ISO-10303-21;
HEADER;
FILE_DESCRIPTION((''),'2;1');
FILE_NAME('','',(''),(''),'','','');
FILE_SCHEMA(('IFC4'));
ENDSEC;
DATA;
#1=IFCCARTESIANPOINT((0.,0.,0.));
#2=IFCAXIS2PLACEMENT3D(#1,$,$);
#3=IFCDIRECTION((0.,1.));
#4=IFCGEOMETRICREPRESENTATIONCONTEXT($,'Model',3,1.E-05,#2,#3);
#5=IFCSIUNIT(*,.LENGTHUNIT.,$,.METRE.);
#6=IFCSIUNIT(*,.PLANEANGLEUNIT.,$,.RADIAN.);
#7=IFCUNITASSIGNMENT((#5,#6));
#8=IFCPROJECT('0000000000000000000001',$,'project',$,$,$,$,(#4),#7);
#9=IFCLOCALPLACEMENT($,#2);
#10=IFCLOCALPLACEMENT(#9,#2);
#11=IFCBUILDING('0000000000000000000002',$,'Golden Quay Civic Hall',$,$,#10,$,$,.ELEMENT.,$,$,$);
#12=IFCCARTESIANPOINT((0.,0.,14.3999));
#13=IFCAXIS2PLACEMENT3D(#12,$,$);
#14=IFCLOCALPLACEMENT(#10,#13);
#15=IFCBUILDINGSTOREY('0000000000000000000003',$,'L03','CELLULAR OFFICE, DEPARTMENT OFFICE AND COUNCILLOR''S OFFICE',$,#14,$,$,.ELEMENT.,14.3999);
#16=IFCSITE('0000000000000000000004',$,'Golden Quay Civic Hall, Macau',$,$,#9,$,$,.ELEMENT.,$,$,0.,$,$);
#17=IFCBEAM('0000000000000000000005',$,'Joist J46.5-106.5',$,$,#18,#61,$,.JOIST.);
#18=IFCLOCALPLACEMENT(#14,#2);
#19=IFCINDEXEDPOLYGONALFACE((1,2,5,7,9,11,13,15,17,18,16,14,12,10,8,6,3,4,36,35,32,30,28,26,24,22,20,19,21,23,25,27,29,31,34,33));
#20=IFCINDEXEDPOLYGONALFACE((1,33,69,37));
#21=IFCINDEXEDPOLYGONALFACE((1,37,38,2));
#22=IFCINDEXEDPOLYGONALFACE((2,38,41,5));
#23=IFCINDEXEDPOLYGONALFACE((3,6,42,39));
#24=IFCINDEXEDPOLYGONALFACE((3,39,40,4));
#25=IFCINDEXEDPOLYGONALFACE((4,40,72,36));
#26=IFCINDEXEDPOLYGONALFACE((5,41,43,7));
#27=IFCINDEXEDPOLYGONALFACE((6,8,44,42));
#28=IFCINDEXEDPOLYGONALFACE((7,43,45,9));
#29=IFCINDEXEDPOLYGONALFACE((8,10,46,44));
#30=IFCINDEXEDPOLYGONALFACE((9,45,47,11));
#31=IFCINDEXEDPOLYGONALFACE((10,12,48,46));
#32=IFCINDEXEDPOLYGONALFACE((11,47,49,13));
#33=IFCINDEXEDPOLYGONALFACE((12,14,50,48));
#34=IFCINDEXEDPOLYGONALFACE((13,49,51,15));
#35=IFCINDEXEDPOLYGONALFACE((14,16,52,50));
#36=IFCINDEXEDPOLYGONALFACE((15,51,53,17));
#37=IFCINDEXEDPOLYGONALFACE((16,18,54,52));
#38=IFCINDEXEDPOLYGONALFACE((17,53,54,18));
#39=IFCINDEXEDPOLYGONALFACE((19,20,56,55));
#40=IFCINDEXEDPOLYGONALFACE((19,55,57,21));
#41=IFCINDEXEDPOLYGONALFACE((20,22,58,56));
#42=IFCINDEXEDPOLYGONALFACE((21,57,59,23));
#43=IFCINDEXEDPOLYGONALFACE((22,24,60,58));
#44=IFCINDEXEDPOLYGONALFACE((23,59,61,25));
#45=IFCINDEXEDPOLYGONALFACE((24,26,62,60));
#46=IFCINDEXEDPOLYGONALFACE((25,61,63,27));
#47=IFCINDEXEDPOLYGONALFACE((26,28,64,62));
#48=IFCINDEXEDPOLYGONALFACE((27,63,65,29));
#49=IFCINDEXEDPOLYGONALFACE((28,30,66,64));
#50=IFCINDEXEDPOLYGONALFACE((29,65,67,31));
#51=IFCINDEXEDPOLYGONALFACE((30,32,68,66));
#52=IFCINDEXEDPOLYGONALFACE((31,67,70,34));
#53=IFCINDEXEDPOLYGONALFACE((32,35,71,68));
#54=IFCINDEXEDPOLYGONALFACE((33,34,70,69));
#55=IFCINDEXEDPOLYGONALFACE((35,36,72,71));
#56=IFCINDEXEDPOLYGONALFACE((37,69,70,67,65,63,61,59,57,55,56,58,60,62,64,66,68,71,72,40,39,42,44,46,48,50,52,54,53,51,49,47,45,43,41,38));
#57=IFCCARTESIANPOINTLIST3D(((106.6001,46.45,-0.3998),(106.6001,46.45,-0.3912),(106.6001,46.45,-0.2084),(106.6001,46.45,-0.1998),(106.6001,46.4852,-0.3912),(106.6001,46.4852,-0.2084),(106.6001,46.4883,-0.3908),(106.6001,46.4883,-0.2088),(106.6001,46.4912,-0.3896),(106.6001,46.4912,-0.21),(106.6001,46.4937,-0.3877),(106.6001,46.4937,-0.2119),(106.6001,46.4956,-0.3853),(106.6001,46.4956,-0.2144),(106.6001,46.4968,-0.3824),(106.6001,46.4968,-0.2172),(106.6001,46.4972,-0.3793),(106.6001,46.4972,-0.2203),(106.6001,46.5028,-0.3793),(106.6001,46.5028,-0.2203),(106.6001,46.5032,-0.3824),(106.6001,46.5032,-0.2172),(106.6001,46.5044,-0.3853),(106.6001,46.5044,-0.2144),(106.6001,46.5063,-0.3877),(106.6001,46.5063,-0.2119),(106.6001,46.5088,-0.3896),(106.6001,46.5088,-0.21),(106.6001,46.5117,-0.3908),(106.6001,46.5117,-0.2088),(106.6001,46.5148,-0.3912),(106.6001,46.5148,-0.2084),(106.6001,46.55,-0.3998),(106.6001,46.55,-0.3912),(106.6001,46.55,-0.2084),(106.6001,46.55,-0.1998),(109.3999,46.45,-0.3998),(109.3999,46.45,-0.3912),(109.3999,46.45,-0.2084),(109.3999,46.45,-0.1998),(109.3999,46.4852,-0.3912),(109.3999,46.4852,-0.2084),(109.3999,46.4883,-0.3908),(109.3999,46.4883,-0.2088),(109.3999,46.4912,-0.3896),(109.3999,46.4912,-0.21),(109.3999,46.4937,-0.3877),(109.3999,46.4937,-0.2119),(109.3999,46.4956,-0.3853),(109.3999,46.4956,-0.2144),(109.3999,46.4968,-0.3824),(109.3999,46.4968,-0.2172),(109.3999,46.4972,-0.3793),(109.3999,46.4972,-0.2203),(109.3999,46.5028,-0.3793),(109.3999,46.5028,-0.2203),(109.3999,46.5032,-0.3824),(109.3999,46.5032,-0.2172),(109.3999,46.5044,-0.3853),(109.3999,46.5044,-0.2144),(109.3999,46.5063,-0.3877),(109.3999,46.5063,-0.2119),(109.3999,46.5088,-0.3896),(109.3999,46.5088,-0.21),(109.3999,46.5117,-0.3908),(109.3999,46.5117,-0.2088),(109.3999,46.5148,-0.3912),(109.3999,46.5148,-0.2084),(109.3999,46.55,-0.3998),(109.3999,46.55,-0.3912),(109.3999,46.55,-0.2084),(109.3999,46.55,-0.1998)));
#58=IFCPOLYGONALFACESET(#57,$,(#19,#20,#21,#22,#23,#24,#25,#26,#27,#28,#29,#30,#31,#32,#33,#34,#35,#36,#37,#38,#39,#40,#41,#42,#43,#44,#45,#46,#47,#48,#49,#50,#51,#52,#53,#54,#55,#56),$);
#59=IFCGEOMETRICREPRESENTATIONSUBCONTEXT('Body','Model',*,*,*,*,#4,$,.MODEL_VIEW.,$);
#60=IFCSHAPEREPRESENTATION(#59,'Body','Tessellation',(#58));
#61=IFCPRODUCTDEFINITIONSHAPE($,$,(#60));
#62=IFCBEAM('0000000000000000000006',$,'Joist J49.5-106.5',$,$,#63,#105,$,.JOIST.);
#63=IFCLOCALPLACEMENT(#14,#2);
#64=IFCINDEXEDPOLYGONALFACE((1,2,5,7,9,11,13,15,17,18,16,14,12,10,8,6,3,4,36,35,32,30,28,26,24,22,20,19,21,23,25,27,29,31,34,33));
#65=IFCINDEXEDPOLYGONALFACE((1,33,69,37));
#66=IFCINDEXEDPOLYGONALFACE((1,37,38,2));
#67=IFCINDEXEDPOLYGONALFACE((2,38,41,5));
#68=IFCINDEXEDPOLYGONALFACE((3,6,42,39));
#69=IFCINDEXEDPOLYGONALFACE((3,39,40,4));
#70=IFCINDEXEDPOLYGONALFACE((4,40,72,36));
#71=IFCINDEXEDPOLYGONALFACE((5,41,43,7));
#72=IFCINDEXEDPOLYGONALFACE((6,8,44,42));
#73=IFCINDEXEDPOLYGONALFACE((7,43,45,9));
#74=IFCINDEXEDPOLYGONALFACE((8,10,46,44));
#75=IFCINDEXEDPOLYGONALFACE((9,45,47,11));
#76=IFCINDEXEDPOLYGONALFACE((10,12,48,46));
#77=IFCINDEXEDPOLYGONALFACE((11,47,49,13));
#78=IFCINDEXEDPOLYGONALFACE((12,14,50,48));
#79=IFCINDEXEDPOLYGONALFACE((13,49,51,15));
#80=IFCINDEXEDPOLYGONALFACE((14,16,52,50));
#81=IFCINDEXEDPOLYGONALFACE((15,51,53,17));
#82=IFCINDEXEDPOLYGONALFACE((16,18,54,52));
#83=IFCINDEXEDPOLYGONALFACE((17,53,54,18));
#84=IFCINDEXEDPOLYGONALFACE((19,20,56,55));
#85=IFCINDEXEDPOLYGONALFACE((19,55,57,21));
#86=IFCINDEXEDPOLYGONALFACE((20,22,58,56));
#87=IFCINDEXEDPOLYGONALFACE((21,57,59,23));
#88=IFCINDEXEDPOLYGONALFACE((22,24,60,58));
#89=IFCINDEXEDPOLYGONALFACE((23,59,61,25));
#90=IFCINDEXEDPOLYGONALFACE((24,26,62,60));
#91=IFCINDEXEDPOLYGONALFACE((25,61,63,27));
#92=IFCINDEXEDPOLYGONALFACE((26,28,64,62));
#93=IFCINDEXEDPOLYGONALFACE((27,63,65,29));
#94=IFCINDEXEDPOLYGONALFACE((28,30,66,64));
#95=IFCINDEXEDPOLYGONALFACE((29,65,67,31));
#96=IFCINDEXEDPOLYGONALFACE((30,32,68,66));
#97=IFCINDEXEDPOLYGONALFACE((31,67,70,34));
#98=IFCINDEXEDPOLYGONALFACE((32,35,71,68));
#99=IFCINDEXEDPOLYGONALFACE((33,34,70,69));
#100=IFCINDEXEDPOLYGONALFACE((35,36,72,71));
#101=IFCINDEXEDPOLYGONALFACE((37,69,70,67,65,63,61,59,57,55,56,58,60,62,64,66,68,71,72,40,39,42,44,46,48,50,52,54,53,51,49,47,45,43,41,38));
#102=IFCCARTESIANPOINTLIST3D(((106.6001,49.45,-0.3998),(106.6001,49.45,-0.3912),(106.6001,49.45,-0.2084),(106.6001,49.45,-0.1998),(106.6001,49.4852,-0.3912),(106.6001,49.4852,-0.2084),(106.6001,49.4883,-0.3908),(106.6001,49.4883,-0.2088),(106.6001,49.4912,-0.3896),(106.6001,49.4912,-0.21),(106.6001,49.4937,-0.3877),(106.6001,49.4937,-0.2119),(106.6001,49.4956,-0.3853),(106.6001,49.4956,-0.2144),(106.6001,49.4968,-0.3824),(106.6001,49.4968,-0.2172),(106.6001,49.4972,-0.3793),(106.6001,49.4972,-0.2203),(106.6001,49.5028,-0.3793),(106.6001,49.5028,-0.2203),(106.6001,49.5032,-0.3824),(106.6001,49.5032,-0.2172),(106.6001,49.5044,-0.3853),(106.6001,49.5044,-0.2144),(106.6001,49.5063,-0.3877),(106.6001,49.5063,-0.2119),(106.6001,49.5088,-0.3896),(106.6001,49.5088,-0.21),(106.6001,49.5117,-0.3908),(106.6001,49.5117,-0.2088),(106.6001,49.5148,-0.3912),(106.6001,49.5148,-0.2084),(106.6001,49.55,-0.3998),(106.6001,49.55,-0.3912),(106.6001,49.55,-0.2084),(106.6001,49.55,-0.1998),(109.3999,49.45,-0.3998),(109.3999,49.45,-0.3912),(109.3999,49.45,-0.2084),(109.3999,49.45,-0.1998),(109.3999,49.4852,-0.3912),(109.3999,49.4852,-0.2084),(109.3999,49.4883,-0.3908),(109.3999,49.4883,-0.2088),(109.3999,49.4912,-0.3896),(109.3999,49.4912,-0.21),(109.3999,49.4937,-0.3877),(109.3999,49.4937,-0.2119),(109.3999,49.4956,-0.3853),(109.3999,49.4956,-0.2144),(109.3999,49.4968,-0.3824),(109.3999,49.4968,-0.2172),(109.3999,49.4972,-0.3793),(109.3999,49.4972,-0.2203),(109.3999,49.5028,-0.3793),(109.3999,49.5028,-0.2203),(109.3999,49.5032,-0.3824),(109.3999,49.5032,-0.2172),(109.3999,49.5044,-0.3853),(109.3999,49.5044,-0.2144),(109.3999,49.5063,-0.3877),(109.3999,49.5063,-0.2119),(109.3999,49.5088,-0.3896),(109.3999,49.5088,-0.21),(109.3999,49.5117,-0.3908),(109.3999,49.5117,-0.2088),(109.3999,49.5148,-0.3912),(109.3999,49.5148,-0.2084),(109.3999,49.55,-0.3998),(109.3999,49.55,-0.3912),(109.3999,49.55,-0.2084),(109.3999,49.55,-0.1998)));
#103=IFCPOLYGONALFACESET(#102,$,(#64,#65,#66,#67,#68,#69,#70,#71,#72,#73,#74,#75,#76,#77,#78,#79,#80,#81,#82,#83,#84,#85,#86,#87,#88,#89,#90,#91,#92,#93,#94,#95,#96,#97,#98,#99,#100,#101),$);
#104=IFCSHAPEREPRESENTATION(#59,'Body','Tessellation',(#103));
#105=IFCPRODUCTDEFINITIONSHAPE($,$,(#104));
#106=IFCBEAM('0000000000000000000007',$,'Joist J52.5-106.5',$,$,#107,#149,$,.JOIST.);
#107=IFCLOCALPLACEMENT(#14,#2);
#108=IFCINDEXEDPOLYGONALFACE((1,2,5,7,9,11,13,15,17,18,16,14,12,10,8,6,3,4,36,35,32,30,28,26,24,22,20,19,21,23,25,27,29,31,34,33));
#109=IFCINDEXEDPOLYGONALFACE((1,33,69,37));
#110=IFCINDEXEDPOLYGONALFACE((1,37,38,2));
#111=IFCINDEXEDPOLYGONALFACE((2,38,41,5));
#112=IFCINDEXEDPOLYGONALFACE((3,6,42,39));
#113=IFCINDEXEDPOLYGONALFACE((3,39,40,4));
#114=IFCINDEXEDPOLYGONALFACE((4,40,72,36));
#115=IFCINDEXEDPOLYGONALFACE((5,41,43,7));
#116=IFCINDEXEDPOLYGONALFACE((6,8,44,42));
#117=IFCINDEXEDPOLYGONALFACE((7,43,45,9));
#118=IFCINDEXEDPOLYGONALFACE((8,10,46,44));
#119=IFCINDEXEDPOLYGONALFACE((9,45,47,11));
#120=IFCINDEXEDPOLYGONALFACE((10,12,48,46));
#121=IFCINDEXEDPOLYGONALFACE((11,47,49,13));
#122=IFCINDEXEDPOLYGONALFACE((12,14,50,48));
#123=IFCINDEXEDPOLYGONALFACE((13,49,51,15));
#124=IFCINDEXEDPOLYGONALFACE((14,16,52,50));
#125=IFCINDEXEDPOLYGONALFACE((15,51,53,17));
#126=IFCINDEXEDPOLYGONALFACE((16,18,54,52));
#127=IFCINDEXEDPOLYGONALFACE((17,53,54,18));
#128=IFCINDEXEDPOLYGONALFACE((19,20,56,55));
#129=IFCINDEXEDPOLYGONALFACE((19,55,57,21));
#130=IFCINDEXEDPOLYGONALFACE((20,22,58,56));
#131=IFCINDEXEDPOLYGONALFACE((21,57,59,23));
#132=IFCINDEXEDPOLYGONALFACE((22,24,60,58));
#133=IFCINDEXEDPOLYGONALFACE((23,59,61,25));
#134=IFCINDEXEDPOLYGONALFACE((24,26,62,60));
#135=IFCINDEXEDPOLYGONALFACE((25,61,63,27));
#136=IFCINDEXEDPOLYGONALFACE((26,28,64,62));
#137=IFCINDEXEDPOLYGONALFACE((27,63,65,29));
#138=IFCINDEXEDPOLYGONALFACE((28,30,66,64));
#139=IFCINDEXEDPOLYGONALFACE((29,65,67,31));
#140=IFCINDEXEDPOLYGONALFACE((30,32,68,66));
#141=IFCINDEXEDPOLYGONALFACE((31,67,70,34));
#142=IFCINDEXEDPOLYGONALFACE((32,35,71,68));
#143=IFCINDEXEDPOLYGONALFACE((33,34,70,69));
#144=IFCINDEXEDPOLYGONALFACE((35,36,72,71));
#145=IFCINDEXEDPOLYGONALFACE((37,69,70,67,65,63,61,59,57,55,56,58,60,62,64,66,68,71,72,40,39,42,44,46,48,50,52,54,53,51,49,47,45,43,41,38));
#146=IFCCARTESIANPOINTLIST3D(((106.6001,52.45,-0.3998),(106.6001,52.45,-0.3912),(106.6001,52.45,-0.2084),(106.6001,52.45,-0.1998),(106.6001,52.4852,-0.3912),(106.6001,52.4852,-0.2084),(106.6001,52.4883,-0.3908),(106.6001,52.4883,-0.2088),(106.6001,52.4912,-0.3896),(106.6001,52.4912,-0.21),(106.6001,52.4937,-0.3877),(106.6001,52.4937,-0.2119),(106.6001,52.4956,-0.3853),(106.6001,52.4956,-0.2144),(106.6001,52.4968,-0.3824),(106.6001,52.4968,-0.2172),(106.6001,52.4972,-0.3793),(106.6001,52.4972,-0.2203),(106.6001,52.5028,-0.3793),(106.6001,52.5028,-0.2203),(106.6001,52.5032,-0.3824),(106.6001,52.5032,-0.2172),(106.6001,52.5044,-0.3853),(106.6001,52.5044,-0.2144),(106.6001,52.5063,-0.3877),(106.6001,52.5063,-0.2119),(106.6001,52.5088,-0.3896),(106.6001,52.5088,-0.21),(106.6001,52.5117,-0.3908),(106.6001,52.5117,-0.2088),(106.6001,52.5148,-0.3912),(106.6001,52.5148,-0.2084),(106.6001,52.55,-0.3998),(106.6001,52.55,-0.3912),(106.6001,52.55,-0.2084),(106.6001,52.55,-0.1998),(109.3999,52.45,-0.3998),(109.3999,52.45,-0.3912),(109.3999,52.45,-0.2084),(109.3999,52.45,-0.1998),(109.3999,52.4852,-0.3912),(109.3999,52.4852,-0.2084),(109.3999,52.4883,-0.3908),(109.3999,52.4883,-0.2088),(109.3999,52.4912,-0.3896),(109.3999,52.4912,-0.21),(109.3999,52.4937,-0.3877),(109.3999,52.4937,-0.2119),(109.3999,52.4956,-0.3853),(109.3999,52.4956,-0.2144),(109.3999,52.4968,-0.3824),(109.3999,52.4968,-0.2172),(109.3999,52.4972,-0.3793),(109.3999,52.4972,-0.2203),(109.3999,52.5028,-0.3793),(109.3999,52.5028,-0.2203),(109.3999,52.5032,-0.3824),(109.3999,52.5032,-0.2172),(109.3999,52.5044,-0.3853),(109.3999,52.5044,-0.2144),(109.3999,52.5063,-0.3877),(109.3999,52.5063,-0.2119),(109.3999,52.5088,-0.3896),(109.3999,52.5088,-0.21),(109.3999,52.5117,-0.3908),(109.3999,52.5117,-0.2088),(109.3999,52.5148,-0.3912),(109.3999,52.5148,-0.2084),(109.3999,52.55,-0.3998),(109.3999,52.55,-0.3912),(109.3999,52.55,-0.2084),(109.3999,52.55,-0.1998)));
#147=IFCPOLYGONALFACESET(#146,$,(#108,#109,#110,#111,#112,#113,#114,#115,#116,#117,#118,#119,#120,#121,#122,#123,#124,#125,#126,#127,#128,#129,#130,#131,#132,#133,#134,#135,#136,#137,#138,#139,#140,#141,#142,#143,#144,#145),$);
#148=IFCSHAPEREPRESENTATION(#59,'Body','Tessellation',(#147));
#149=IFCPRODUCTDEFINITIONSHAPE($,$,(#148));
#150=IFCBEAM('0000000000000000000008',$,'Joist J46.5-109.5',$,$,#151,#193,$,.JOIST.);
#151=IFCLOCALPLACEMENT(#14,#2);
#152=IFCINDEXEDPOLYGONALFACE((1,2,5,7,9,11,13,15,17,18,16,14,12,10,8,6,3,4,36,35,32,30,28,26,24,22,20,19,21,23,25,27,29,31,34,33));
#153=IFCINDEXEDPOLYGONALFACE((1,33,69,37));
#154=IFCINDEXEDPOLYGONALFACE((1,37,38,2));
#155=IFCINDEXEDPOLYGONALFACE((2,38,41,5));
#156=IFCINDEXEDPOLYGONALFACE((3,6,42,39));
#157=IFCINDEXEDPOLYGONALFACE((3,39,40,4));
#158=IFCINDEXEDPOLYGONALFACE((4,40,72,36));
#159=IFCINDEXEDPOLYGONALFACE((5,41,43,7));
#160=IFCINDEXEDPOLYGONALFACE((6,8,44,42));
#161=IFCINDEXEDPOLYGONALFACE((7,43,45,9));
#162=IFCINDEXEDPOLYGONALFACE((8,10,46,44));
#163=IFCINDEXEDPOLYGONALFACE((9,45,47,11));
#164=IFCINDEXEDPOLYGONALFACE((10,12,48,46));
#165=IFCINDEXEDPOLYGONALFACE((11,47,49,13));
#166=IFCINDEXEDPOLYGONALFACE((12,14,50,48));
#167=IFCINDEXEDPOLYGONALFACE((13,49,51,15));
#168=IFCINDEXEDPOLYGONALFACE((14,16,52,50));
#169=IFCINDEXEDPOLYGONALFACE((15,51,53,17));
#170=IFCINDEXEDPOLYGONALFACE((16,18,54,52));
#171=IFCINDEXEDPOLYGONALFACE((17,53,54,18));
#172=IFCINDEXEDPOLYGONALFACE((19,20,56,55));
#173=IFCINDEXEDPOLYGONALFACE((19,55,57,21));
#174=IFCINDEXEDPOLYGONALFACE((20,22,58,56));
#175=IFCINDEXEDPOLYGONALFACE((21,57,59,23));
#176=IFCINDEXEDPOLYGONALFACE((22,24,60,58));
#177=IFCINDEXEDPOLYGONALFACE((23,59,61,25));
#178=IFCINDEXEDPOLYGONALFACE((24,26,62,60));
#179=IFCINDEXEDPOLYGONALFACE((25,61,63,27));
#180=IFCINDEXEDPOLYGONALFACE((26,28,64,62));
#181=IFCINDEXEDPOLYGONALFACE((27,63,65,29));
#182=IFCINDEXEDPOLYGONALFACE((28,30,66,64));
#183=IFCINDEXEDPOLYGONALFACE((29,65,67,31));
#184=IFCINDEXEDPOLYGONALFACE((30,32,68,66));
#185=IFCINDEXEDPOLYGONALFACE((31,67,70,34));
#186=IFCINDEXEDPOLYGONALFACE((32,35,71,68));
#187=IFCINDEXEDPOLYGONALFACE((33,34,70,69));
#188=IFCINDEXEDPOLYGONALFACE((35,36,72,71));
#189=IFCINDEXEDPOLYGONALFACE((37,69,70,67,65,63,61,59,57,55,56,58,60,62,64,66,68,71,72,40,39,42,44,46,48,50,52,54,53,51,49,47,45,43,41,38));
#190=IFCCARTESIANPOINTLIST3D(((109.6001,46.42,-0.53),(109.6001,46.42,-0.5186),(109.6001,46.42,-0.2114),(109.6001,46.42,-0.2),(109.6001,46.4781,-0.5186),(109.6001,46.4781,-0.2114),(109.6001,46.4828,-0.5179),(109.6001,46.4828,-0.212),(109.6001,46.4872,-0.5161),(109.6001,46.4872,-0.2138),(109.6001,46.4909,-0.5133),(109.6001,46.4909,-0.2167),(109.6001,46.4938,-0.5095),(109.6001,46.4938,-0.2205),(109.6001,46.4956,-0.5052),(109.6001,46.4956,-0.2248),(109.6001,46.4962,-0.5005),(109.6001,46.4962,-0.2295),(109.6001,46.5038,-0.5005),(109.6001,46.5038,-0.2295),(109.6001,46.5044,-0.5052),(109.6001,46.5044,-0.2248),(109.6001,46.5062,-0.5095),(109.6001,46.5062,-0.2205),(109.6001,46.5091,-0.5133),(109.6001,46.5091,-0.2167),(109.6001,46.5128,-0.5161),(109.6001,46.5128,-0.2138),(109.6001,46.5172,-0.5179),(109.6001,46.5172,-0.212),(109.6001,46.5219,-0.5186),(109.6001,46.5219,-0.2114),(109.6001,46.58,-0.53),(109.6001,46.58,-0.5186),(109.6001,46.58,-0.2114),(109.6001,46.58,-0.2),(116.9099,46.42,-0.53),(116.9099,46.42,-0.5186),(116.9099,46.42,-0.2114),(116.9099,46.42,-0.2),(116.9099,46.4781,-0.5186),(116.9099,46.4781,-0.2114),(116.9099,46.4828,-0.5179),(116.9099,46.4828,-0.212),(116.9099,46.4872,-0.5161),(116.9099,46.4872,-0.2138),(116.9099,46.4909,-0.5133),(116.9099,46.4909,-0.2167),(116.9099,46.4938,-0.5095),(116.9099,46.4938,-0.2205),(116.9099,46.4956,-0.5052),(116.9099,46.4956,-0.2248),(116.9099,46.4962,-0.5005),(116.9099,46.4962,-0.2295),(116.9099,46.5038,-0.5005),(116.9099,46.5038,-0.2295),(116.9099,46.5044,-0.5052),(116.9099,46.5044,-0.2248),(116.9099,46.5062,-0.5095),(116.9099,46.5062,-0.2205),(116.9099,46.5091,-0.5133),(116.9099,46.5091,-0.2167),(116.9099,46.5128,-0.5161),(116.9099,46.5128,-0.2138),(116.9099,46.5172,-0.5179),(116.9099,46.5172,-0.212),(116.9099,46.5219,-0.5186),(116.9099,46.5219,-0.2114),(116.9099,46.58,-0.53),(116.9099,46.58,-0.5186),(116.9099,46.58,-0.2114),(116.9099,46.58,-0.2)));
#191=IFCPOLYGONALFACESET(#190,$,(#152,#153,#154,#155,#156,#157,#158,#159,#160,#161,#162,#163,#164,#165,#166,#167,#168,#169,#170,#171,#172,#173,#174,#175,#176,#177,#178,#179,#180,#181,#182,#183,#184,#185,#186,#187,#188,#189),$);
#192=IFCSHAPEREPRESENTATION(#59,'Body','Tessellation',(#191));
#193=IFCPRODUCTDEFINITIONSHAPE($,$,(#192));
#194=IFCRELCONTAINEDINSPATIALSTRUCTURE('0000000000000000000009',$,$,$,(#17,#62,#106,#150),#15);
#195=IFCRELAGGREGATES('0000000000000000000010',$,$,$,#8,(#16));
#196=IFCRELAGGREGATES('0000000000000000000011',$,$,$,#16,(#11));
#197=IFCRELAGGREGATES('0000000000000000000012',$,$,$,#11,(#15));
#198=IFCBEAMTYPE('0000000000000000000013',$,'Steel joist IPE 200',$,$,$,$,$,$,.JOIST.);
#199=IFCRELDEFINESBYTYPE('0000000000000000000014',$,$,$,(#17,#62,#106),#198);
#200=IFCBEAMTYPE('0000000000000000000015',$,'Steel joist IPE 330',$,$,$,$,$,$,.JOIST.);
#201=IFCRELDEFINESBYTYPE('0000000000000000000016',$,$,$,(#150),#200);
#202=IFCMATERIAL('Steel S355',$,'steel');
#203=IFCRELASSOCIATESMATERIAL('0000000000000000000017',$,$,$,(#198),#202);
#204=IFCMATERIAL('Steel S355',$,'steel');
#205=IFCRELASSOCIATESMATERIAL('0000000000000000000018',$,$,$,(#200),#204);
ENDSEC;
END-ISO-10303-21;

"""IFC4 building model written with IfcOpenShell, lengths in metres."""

from ifc_helpers import new_model, si_unit, direction, frame, origin, origin_2d, place, context, subcontext, project, spatial, i_section, extrude, material, material_profile, profile_set, type_object, element, save


model = new_model("IFC4")

# Units and contexts
model_context = context("Model", 3, precision=1e-05, world=origin(), true_north=direction((0.0, 1.0)))
body_context = subcontext(model_context, "Body", "Model", "MODEL_VIEW")
ifc_project = project(units=[si_unit("LENGTHUNIT", "METRE"), si_unit("PLANEANGLEUNIT", "RADIAN")], contexts=[model_context])

# Site, building, storey
site_placement = place(None, origin())
site = spatial("IfcSite", under=ifc_project, at=site_placement, Name="Golden Quay Civic Hall, Macau", CompositionType="ELEMENT", RefElevation=0.0)
building_placement = place(site_placement, origin())
building = spatial("IfcBuilding", under=site, at=building_placement, Name="Golden Quay Civic Hall", CompositionType="ELEMENT")
storey_placement = place(building_placement, frame((0.0, 0.0, 14.3999)))
storey = spatial("IfcBuildingStorey", under=building, at=storey_placement, Name="L03", Description="CELLULAR OFFICE, DEPARTMENT OFFICE AND COUNCILLOR'S OFFICE", CompositionType="ELEMENT", Elevation=14.3999)

# Beams
ifc_material_1 = material(Name="Steel S355", Category="steel")
ifc_material_profile_1 = material_profile(ifc_material_1, i_section(OverallWidth=0.1001, OverallDepth=0.2, WebThickness=0.0056, FlangeThickness=0.0085, FilletRadius=0.012, at=origin_2d()), Name="IPE 200")
ifc_profile_set_1 = profile_set([ifc_material_profile_1], Name="Steel S355")
beam_type_1 = type_object("IfcBeamType", Name="Steel joist IPE 200", PredefinedType="JOIST", material=ifc_profile_set_1)
for number, where, z_axis, x_axis, name in (
    (1, (106.6001, 46.5, -0.2998), (1.0, 0.0, 0.0), (0.0, 1.0, 0.0), "Joist J46.5-106.5"),
    (2, (106.6001, 49.5, -0.2998), (1.0, 0.0, 0.0), (0.0, 1.0, 0.0), "Joist J49.5-106.5"),
    (3, (106.6001, 52.5, -0.2998), (1.0, 0.0, 0.0), (0.0, 1.0, 0.0), "Joist J52.5-106.5"),
):
    element("IfcBeam", number, at=place(storey_placement, frame(where, z_axis=z_axis, x_axis=x_axis)), inside=storey, type_object=beam_type_1, Name=name, PredefinedType="JOIST", context=body_context, shape_type="SweptSolid", body=[
        extrude(i_section(OverallWidth=0.1001, OverallDepth=0.2, WebThickness=0.0056, FlangeThickness=0.0085, FilletRadius=0.012, at=origin_2d()), origin(), (0.0, 0.0, 1.0), 2.7998),
    ])
ifc_material_2 = material(Name="Steel S355", Category="steel")
ifc_material_profile_2 = material_profile(ifc_material_2, i_section(OverallWidth=0.1599, OverallDepth=0.3301, WebThickness=0.0076, FlangeThickness=0.0115, FilletRadius=0.0181, at=origin_2d()), Name="IPE 330")
ifc_profile_set_2 = profile_set([ifc_material_profile_2], Name="Steel S355")
beam_type_2 = type_object("IfcBeamType", Name="Steel joist IPE 330", PredefinedType="JOIST", material=ifc_profile_set_2)
beam_1_placement = place(storey_placement, frame((109.6001, 46.5, -0.365), z_axis=(1.0, 0.0, 0.0), x_axis=(0.0, 1.0, 0.0)))
element("IfcBeam", 4, at=beam_1_placement, inside=storey, type_object=beam_type_2, Name="Joist J46.5-109.5", PredefinedType="JOIST", context=body_context, shape_type="SweptSolid", body=[
    extrude(i_section(OverallWidth=0.1599, OverallDepth=0.3301, WebThickness=0.0076, FlangeThickness=0.0115, FilletRadius=0.0181, at=origin_2d()), origin(), (0.0, 0.0, 1.0), 7.3098),
])

save(model, "model.ifc")
